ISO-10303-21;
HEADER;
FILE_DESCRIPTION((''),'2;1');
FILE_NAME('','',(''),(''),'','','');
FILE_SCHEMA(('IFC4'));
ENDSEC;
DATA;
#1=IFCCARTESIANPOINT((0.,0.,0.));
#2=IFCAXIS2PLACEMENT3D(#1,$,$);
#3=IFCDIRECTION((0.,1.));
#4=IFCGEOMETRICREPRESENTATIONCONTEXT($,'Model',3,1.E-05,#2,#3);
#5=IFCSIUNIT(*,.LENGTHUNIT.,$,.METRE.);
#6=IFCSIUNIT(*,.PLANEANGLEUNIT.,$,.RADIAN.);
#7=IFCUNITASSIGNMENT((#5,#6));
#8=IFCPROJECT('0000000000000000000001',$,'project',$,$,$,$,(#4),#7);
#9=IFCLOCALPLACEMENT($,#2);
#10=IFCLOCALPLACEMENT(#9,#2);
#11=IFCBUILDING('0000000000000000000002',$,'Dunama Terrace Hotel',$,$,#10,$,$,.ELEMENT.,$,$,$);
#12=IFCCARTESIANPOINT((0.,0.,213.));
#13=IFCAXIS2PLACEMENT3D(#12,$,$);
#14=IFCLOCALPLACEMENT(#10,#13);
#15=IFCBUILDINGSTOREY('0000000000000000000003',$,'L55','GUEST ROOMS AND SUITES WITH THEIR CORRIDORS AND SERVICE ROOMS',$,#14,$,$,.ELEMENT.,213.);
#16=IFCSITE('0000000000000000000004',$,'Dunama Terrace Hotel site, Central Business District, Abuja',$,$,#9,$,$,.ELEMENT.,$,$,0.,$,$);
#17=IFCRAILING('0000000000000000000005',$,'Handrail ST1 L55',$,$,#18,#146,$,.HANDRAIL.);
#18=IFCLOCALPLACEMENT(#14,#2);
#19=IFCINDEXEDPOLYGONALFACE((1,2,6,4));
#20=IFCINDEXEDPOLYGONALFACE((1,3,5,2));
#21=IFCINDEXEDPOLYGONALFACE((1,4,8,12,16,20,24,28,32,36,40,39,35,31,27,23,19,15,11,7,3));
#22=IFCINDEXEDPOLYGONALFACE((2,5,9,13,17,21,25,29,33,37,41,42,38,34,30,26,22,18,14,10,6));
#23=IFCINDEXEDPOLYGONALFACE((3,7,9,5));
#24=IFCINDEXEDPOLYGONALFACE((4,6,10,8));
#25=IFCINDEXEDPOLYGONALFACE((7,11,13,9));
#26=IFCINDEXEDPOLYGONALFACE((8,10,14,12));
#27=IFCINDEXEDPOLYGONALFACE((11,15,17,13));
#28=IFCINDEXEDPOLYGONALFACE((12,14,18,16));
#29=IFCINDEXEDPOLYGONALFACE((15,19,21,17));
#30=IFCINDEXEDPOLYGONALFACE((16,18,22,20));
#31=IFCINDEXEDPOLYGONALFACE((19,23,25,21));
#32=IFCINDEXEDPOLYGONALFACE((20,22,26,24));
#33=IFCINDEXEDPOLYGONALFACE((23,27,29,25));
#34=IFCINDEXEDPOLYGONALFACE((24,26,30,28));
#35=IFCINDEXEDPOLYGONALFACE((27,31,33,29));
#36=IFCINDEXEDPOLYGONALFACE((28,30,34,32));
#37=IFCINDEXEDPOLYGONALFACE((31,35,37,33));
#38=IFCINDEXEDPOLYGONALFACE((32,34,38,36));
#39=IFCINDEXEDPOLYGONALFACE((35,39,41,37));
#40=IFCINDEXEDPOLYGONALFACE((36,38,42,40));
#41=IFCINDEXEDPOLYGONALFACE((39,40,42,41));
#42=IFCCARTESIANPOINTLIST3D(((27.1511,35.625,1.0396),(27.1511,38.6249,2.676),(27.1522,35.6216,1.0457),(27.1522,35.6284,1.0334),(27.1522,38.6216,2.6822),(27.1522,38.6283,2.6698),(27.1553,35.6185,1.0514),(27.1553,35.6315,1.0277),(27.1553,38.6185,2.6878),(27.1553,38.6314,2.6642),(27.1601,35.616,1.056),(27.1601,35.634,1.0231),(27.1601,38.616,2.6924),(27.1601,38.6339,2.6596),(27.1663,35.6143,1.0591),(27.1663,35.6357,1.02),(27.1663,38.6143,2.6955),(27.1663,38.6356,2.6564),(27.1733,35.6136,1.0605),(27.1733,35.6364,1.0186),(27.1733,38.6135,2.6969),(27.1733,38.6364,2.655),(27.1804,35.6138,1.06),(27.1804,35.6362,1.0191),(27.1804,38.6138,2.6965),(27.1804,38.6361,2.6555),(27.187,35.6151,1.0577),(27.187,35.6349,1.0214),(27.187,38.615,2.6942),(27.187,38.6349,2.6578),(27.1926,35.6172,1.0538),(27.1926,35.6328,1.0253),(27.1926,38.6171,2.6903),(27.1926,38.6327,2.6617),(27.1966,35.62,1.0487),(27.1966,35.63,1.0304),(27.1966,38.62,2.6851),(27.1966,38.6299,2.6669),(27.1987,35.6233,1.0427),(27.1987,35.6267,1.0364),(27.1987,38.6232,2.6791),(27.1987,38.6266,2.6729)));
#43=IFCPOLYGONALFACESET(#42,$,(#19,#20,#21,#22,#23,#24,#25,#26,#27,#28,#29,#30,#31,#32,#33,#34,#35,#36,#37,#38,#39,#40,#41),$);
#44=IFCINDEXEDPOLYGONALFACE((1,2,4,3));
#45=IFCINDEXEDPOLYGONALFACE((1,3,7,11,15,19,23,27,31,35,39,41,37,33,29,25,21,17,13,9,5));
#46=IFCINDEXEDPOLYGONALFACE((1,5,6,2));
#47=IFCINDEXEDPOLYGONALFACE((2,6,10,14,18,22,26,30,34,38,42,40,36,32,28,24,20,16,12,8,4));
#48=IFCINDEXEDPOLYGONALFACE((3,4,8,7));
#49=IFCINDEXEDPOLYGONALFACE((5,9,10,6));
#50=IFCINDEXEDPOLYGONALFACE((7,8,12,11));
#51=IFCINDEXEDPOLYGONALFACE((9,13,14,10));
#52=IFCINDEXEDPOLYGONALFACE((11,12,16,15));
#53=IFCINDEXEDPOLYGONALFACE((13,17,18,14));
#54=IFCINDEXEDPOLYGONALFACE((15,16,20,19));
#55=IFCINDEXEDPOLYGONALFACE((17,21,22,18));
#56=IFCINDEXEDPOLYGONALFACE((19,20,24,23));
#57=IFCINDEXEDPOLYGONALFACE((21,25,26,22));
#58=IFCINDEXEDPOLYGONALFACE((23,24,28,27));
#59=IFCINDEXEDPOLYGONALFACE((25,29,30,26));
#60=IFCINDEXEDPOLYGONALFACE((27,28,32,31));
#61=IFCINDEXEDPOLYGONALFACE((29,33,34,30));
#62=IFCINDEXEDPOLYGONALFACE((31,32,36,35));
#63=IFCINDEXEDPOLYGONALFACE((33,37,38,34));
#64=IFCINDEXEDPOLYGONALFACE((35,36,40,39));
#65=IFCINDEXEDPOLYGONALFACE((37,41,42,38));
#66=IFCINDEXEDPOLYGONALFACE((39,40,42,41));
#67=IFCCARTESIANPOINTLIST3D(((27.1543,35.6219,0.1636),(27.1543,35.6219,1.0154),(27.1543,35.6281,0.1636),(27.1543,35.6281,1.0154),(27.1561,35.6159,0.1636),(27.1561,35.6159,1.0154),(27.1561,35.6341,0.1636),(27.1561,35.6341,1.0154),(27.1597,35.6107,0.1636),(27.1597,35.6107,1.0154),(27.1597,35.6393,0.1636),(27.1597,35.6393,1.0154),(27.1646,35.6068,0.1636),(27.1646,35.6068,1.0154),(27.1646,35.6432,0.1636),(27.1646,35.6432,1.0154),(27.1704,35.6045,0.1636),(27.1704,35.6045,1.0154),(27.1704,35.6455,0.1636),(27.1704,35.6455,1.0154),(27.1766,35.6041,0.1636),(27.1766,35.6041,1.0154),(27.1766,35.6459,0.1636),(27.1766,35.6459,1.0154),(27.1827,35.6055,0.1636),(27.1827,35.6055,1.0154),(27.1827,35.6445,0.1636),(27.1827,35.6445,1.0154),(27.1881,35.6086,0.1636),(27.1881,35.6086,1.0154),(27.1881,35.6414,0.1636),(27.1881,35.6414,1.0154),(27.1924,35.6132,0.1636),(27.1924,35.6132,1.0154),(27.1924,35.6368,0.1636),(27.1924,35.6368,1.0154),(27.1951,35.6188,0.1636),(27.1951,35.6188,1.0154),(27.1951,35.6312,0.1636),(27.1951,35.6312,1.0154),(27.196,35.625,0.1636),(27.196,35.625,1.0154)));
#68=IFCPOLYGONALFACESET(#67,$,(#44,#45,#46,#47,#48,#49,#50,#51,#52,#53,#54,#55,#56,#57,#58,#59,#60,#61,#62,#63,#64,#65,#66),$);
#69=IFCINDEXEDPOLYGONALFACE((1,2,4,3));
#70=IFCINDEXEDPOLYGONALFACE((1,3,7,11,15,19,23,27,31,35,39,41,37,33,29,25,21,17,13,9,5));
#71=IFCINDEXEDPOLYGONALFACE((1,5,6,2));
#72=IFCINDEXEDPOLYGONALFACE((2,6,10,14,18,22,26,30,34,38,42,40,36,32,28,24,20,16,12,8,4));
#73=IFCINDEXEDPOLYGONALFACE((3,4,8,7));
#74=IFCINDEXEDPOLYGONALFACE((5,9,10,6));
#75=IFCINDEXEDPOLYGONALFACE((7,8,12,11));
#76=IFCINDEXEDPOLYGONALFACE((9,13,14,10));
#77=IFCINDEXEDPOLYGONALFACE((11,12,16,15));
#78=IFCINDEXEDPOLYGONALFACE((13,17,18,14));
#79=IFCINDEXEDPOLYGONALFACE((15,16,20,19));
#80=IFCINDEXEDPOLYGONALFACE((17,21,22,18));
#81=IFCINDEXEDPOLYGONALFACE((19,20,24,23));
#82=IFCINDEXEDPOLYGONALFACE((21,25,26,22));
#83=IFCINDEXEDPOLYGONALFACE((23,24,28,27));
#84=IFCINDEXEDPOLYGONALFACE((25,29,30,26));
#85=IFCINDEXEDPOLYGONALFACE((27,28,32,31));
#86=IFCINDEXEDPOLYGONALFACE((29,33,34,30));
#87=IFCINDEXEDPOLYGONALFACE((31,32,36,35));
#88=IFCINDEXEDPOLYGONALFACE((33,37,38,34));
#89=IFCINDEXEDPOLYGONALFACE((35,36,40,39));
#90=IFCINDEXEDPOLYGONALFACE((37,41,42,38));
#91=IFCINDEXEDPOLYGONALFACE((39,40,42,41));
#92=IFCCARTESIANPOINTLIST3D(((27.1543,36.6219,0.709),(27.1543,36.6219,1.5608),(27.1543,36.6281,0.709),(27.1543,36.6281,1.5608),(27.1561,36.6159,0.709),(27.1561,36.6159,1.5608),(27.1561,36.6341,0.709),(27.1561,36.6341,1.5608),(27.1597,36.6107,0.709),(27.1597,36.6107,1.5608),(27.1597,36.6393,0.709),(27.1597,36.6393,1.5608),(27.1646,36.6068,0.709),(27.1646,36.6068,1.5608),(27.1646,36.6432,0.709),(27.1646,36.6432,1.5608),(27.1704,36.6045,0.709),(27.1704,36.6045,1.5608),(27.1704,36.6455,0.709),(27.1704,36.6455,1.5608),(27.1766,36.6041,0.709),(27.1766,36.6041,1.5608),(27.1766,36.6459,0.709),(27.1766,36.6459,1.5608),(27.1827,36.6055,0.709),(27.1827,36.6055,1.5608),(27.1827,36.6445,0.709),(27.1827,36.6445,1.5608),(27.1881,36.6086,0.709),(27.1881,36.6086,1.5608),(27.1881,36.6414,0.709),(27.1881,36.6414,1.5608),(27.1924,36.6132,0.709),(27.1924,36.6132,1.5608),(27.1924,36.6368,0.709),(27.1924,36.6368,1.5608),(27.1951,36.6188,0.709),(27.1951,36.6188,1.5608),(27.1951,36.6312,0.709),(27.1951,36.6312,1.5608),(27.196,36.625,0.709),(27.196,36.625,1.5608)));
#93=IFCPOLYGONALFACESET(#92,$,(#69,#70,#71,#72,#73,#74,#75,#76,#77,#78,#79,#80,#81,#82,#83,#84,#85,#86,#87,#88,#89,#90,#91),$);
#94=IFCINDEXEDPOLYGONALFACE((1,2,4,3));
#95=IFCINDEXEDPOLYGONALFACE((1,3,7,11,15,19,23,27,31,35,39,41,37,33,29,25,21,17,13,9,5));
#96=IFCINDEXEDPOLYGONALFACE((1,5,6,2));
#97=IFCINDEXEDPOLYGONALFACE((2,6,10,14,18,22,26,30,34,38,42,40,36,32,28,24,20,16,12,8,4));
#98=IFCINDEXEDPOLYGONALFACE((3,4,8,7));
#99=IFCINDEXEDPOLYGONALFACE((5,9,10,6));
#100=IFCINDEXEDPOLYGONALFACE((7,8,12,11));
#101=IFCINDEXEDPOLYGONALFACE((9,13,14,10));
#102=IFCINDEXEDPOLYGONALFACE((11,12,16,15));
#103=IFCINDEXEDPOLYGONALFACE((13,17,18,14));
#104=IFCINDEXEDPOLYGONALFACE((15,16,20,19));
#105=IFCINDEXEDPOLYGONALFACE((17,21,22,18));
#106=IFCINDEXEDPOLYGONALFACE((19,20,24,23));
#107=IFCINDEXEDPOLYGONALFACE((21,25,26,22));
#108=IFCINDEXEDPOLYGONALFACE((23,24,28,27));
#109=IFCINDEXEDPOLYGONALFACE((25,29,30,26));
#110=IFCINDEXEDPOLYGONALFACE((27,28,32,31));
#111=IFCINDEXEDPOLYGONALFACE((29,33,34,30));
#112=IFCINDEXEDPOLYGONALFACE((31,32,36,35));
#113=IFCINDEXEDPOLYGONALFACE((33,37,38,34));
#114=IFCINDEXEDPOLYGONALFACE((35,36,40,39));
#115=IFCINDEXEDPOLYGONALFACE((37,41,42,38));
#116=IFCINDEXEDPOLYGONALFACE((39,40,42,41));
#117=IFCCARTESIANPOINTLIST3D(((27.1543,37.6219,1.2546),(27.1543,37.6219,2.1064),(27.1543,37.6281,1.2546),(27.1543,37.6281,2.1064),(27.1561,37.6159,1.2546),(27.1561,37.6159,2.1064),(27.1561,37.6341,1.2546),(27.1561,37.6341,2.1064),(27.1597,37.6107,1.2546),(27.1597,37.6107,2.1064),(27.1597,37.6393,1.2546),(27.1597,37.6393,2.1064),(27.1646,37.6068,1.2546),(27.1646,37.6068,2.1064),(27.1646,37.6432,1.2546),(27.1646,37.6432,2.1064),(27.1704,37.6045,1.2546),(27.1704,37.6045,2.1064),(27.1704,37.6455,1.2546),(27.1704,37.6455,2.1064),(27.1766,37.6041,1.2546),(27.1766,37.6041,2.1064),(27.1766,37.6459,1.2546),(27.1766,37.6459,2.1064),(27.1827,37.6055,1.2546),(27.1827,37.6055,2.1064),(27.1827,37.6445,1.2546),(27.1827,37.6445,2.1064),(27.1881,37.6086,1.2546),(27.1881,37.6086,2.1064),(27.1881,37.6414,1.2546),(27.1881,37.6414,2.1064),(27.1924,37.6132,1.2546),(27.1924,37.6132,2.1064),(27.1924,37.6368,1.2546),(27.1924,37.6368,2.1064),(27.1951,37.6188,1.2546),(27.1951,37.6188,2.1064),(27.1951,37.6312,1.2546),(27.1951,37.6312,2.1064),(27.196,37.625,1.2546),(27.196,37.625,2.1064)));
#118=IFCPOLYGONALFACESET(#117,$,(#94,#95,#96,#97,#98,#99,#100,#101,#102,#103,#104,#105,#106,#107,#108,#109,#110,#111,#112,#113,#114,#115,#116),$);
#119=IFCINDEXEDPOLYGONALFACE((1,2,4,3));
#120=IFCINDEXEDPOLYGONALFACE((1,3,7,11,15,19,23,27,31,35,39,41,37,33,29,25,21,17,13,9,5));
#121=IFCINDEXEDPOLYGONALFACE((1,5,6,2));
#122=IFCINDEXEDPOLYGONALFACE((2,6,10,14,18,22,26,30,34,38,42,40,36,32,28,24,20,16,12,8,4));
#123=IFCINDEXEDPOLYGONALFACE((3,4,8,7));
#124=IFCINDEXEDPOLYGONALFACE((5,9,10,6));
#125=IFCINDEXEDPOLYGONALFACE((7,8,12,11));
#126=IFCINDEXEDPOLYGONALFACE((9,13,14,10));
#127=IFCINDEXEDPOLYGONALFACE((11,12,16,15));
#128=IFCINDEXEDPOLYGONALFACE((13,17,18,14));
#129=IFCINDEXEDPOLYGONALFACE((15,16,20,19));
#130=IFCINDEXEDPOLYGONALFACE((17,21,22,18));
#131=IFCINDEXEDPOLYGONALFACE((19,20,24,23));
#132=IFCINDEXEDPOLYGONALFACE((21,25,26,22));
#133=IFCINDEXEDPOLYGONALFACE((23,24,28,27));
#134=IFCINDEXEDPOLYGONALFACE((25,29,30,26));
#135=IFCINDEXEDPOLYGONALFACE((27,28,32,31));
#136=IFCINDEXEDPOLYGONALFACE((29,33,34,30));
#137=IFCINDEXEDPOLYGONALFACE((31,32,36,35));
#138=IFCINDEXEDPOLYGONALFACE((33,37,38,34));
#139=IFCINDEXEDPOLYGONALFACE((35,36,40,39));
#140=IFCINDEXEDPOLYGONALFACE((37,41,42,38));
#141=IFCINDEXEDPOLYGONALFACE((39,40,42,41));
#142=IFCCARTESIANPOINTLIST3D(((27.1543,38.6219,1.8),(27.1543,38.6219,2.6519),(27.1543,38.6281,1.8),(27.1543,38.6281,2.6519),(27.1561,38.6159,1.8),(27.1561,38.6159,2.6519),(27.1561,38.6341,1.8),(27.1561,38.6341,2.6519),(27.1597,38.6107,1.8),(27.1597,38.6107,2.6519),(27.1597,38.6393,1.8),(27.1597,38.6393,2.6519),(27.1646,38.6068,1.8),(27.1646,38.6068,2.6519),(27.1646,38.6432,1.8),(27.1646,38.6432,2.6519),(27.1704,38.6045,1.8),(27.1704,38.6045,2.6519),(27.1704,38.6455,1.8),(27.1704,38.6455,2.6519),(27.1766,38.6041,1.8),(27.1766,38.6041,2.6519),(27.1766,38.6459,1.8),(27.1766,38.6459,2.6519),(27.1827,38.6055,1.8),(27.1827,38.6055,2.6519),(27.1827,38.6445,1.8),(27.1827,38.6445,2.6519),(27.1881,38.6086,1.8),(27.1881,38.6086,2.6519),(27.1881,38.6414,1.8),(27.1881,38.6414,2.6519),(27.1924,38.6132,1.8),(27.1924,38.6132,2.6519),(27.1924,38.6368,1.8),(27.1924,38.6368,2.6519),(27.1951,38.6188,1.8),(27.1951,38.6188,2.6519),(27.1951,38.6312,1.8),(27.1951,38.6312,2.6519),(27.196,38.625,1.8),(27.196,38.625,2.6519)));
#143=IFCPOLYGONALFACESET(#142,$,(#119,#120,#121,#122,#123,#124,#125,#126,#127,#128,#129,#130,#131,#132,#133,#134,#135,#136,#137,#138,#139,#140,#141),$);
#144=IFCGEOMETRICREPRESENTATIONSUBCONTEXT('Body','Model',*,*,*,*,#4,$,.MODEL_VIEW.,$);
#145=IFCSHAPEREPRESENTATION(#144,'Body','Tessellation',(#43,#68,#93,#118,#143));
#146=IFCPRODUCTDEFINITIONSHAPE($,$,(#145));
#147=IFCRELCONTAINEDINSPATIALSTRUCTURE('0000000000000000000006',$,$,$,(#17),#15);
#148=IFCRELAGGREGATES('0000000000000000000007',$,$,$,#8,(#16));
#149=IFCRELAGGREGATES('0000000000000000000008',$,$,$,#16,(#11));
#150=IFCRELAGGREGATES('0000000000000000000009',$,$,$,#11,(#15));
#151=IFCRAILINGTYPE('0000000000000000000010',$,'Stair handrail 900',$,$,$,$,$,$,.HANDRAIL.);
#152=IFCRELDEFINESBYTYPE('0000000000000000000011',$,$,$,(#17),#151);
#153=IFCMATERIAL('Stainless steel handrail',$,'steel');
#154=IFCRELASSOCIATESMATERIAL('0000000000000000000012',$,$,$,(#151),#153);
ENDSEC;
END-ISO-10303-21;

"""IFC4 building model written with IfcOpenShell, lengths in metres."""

from ifc_helpers import new_model, si_unit, direction, frame, origin, origin_2d, place, context, subcontext, project, spatial, circle, extrude, material, type_object, element, save


model = new_model("IFC4")

# Units and contexts
model_context = context("Model", 3, precision=1e-05, world=origin(), true_north=direction((0.0, 1.0)))
body_context = subcontext(model_context, "Body", "Model", "MODEL_VIEW")
ifc_project = project(units=[si_unit("LENGTHUNIT", "METRE"), si_unit("PLANEANGLEUNIT", "RADIAN")], contexts=[model_context])

# Site, building, storey
site_placement = place(None, origin())
site = spatial("IfcSite", under=ifc_project, at=site_placement, Name="Dunama Terrace Hotel site, Central Business District, Abuja", CompositionType="ELEMENT", RefElevation=0.0)
building_placement = place(site_placement, origin())
building = spatial("IfcBuilding", under=site, at=building_placement, Name="Dunama Terrace Hotel", CompositionType="ELEMENT")
storey_placement = place(building_placement, frame((0.0, 0.0, 213.0)))
storey = spatial("IfcBuildingStorey", under=building, at=storey_placement, Name="L55", Description="GUEST ROOMS AND SUITES WITH THEIR CORRIDORS AND SERVICE ROOMS", CompositionType="ELEMENT", Elevation=213.0)

# Railing
ifc_material_1 = material(Name="Stainless steel handrail", Category="steel")
railing_type = type_object("IfcRailingType", Name="Stair handrail 900", PredefinedType="HANDRAIL", material=ifc_material_1)
railing_placement = place(storey_placement, frame((27.175, 35.625, 0.1636)))
element("IfcRailing", 1, at=railing_placement, inside=storey, type_object=railing_type, Name="Handrail ST1 L55", PredefinedType="HANDRAIL", context=body_context, shape_type="SweptSolid", body=[
    extrude(circle(Radius=0.0239, at=origin_2d()), frame((0.0, 0.0, 0.876), z_axis=(0.0, 0.877882, 0.478877), x_axis=(-1.0, 0.0, 0.0)), (0.0, 0.0, 1.0), 3.4172),
    extrude(circle(Radius=0.021, at=origin_2d()), origin(), (0.0, 0.0, 1.0), 0.8518),
    extrude(circle(Radius=0.021, at=origin_2d()), frame((0.0, 1.0, 0.5454)), (0.0, 0.0, 1.0), 0.8518),
    extrude(circle(Radius=0.021, at=origin_2d()), frame((0.0, 2.0, 1.0911)), (0.0, 0.0, 1.0), 0.8518),
    extrude(circle(Radius=0.021, at=origin_2d()), frame((0.0, 3.0, 1.6365)), (0.0, 0.0, 1.0), 0.8518),
])

save(model, "model.ifc")
